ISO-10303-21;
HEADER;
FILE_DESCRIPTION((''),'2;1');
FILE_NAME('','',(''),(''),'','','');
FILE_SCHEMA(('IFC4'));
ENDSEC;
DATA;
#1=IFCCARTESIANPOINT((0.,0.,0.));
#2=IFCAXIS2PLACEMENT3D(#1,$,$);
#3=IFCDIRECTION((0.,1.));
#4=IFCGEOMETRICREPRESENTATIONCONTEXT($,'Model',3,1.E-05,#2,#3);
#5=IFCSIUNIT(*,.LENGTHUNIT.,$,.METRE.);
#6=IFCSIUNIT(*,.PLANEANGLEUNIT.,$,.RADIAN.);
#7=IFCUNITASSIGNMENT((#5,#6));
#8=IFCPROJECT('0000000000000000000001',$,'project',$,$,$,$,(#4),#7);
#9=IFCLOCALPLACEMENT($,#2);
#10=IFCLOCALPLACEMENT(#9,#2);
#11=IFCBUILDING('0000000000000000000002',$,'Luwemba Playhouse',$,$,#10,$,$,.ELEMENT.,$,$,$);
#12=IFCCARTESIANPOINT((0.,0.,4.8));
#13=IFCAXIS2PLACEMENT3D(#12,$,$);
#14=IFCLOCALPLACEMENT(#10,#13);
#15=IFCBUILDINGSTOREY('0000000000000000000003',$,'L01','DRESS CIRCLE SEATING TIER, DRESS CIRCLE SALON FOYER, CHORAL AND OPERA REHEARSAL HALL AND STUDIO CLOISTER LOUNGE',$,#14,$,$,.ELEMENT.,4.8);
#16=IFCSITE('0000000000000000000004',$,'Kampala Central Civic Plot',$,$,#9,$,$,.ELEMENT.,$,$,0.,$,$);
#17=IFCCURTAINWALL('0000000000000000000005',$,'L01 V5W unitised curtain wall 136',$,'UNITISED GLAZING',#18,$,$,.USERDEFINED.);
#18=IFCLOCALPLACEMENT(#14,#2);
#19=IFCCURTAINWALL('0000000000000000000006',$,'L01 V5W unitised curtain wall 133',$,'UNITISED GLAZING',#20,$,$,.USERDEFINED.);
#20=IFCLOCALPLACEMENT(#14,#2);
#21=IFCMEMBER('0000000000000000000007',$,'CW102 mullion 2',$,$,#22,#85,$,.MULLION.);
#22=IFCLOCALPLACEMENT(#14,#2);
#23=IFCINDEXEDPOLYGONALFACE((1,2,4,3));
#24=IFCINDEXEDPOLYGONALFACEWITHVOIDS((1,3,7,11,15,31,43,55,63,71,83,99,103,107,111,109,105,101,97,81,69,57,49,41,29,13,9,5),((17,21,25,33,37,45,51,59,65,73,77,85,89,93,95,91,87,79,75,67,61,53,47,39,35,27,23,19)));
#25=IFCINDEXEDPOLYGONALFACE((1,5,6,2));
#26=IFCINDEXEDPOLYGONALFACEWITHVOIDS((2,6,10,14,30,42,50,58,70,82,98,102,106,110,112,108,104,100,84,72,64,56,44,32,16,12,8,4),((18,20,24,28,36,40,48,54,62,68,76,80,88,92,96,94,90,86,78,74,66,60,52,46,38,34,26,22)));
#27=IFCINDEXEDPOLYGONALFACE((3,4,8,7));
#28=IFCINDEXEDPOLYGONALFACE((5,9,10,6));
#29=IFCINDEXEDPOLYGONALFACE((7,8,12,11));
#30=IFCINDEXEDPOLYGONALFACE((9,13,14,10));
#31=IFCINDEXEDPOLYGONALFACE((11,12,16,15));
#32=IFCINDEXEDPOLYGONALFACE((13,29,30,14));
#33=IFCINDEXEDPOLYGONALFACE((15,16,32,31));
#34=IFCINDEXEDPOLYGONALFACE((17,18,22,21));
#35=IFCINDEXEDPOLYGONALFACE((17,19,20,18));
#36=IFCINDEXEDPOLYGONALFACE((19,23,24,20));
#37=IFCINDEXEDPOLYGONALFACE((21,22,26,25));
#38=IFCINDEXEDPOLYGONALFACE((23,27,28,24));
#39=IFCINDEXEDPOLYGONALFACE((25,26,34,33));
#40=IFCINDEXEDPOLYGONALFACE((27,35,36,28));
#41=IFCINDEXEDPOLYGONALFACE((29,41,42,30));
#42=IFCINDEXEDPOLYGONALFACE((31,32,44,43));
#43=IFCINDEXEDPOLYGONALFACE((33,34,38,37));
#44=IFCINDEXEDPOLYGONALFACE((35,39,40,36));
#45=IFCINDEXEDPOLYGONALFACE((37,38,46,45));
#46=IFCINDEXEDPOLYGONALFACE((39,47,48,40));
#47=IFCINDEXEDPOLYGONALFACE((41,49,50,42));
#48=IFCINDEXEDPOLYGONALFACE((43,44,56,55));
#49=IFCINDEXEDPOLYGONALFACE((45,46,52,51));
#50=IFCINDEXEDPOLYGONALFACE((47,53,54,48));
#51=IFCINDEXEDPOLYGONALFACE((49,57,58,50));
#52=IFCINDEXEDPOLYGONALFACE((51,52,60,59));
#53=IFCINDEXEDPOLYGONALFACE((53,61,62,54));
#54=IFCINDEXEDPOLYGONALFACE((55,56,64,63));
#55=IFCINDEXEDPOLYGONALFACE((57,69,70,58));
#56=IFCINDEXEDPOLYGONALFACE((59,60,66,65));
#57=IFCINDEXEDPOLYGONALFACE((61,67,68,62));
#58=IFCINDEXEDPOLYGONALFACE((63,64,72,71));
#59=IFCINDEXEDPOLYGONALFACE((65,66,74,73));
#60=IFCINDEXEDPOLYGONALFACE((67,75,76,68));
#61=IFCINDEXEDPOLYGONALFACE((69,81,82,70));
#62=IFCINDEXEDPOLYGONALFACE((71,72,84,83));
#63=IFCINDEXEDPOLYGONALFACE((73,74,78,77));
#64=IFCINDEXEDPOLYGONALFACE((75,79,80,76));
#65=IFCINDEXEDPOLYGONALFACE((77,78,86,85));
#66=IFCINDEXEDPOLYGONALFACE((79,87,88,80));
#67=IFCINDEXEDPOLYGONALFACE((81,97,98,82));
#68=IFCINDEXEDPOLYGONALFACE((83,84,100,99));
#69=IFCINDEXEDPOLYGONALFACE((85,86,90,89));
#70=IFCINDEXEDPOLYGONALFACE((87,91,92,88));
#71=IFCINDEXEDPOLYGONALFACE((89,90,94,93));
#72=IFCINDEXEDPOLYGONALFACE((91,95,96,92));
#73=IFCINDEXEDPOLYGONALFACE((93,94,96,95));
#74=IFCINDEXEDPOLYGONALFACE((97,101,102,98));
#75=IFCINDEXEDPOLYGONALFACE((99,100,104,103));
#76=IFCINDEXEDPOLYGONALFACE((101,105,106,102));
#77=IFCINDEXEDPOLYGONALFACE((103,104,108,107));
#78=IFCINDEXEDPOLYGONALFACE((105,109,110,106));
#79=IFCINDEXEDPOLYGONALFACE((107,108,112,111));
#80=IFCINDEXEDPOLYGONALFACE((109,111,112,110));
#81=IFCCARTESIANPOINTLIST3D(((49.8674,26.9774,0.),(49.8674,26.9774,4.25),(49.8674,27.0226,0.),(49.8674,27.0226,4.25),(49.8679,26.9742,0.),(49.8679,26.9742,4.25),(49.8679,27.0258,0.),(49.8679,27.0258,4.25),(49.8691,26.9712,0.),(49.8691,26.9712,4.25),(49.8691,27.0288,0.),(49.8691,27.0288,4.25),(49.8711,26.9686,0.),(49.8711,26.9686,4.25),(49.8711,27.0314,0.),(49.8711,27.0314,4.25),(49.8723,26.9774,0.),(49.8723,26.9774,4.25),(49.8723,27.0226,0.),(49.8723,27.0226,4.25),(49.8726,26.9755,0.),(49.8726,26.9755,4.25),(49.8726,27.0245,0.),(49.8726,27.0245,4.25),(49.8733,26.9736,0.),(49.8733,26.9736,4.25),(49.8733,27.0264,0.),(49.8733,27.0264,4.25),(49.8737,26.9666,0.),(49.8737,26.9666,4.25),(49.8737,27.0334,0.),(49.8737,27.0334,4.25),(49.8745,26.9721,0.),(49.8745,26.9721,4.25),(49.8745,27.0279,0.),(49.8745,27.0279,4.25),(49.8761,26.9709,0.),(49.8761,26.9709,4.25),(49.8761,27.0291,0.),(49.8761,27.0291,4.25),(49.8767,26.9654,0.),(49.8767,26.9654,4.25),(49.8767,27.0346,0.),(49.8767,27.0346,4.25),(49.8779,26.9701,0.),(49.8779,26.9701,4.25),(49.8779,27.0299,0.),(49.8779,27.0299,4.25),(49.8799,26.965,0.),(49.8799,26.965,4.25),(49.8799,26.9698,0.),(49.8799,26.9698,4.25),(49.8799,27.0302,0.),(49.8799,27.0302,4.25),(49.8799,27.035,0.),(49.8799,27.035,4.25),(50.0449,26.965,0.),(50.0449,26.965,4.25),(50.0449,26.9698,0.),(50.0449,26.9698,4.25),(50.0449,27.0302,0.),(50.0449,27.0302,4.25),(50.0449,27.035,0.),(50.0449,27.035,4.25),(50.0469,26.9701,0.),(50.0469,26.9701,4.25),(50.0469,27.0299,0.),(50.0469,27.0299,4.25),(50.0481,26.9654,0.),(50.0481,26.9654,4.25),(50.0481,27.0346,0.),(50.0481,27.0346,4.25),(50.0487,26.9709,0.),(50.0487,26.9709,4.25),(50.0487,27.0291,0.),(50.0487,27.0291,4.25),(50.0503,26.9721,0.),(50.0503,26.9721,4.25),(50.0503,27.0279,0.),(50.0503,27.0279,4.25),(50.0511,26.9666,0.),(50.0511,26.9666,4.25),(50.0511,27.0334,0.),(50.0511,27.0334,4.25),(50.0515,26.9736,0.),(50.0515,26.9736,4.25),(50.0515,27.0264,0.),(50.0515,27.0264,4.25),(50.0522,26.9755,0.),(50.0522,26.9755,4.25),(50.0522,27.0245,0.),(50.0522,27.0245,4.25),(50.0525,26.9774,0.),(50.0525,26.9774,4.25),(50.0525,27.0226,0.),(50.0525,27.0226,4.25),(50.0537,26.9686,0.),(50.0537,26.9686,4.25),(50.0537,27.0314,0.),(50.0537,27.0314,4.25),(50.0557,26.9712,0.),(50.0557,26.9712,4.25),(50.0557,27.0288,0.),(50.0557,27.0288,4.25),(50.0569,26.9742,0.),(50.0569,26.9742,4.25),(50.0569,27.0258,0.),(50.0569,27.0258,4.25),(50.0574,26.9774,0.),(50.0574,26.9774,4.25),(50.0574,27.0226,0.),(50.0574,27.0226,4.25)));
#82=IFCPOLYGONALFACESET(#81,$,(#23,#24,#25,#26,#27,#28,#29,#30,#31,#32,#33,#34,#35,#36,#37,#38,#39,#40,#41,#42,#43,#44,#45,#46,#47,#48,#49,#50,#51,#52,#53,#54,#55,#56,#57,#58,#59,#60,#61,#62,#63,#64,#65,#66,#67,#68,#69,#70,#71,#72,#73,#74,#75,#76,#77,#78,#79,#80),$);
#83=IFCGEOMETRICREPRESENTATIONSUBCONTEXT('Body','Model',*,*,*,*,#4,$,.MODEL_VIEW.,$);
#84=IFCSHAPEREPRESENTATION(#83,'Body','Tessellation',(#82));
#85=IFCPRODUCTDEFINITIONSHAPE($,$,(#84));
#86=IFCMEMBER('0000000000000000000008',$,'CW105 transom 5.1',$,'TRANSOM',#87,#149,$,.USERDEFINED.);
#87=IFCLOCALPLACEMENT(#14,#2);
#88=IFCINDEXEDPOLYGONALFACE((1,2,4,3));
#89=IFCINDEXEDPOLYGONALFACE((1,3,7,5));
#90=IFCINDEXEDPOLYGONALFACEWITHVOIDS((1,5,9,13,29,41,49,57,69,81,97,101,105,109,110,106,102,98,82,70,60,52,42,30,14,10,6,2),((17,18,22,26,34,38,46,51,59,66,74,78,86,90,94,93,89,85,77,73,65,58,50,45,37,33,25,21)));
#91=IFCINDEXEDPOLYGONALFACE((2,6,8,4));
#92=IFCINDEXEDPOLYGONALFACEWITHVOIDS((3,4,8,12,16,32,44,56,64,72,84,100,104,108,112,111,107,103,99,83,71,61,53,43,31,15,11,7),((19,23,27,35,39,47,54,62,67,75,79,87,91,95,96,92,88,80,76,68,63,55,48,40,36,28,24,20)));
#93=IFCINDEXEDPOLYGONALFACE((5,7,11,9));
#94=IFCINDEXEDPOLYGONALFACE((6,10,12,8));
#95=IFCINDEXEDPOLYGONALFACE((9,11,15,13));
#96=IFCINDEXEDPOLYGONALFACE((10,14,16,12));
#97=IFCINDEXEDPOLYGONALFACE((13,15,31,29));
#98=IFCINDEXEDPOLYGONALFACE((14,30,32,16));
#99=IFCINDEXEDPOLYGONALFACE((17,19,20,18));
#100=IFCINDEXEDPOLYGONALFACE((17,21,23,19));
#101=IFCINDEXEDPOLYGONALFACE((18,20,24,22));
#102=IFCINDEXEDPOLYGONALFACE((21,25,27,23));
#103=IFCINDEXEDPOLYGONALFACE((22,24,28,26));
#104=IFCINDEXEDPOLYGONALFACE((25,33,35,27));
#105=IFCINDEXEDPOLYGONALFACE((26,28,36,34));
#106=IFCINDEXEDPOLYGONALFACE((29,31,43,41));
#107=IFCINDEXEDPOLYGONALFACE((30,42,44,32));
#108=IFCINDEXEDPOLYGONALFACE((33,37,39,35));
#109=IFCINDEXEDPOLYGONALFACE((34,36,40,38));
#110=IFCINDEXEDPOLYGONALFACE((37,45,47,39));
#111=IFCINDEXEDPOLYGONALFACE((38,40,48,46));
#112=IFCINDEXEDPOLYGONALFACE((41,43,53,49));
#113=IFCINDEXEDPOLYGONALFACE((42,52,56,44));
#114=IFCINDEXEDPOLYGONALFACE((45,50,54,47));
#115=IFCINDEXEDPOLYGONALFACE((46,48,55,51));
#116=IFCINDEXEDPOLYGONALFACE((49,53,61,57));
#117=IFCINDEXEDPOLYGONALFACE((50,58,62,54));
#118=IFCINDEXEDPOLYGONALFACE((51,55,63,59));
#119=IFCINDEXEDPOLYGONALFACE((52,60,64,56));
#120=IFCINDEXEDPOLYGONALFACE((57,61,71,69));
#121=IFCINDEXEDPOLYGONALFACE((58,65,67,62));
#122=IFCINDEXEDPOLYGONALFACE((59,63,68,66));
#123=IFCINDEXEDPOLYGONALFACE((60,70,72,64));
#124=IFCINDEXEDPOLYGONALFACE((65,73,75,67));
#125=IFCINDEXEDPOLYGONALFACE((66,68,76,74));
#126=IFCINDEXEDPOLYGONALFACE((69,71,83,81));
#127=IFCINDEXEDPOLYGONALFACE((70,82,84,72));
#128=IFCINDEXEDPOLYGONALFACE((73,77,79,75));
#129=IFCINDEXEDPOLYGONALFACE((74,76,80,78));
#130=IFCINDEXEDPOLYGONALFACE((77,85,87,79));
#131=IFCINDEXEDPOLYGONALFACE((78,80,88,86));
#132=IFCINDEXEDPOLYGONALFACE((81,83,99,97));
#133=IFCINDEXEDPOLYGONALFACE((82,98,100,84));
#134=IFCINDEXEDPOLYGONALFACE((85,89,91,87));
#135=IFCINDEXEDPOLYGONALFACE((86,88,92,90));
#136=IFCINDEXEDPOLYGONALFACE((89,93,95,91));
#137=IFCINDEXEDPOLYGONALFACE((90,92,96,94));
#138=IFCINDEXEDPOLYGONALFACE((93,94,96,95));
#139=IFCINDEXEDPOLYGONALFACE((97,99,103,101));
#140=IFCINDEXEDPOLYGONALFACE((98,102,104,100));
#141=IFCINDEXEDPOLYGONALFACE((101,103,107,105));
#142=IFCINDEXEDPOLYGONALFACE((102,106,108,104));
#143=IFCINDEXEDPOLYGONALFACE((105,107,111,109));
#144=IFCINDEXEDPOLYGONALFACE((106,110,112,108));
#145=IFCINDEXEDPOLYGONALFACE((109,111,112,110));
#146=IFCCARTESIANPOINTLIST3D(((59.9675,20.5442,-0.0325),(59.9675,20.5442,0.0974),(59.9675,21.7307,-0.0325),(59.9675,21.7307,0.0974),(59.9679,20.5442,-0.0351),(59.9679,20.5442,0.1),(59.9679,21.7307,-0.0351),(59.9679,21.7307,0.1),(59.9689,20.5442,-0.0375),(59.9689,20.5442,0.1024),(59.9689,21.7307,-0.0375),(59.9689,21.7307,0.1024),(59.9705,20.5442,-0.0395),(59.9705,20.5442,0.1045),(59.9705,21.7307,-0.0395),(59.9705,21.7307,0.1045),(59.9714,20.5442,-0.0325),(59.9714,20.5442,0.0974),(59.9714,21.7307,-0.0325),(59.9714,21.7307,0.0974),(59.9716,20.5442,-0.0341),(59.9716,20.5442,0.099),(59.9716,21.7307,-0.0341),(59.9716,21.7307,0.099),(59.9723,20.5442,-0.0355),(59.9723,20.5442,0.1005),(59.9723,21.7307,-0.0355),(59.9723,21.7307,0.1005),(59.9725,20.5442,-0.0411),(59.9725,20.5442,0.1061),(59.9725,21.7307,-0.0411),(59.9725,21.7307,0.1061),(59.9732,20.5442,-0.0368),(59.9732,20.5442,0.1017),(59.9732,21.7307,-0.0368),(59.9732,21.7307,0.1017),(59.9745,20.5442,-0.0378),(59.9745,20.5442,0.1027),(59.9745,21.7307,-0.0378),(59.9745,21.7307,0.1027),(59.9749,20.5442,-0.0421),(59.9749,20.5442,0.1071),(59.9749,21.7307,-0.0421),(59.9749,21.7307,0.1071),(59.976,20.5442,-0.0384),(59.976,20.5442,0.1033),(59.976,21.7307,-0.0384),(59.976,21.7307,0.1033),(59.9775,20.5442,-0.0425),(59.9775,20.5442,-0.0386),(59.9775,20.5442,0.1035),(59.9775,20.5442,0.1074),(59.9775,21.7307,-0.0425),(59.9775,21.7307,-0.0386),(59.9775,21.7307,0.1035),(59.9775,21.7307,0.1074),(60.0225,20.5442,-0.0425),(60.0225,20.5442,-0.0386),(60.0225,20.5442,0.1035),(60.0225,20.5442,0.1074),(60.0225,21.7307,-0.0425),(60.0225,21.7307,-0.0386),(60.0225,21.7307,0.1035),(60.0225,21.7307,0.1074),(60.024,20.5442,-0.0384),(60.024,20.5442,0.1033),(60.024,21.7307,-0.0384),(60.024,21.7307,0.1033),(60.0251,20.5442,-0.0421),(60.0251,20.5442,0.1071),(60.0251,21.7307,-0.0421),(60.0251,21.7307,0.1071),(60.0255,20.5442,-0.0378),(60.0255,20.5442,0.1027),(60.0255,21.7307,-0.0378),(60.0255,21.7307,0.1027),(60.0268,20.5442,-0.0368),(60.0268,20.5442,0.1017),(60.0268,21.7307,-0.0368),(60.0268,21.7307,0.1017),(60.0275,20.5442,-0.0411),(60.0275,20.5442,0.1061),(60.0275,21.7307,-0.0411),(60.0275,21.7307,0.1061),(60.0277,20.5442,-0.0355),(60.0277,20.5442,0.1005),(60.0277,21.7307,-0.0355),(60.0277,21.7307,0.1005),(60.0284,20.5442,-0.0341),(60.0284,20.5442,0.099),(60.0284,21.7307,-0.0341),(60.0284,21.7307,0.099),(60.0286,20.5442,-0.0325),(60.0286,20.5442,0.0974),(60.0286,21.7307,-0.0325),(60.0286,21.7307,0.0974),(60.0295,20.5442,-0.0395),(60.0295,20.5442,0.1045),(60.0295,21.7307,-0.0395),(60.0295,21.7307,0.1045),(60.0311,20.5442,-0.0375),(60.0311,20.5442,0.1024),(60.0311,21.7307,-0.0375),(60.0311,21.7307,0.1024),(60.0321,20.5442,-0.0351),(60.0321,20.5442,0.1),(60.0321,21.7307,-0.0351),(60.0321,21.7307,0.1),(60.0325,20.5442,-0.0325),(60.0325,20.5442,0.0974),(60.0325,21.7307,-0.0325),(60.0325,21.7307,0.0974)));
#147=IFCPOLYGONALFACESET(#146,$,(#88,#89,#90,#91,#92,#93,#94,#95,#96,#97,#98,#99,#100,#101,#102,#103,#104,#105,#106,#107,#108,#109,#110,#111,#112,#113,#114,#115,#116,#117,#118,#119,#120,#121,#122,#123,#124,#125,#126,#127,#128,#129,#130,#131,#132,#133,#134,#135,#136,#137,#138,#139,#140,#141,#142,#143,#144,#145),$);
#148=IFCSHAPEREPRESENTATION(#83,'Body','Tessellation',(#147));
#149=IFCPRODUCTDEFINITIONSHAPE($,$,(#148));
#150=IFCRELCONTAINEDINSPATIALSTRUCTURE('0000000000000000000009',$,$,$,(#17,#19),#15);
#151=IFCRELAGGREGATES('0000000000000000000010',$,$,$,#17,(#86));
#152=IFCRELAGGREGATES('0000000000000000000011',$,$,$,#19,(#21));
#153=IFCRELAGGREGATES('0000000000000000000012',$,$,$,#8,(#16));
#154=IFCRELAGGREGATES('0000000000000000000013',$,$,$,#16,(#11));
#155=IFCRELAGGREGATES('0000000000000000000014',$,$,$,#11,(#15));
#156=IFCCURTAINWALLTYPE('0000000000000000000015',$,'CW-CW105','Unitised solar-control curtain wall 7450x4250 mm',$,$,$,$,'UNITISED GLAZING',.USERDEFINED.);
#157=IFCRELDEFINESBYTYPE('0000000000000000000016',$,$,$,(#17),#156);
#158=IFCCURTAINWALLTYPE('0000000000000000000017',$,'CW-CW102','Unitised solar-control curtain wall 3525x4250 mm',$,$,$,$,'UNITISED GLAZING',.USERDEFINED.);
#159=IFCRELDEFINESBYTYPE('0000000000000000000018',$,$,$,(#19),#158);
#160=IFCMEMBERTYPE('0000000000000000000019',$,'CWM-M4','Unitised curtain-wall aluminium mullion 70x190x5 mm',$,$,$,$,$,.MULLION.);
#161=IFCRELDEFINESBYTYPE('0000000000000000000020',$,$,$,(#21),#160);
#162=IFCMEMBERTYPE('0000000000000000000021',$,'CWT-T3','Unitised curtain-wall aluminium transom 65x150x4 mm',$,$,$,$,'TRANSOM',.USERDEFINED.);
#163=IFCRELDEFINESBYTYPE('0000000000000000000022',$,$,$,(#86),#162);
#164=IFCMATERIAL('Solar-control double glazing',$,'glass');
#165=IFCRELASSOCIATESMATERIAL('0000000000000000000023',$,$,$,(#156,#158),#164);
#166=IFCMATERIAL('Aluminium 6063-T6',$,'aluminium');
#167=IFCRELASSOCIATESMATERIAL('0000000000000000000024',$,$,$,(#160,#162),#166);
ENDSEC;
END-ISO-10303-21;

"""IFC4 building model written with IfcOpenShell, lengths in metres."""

from ifc_helpers import new_model, si_unit, direction, frame, origin, origin_2d, place, context, subcontext, project, spatial, hollow_rectangle, extrude, material, material_profile, profile_set, type_object, element, aggregate, save


model = new_model("IFC4")

# Units and contexts
model_context = context("Model", 3, precision=1e-05, world=origin(), true_north=direction((0.0, 1.0)))
body_context = subcontext(model_context, "Body", "Model", "MODEL_VIEW")
ifc_project = project(units=[si_unit("LENGTHUNIT", "METRE"), si_unit("PLANEANGLEUNIT", "RADIAN")], contexts=[model_context])

# Site, building, storey
site_placement = place(None, origin())
site = spatial("IfcSite", under=ifc_project, at=site_placement, Name="Kampala Central Civic Plot", CompositionType="ELEMENT", RefElevation=0.0)
building_placement = place(site_placement, origin())
building = spatial("IfcBuilding", under=site, at=building_placement, Name="Luwemba Playhouse", CompositionType="ELEMENT")
storey_placement = place(building_placement, frame((0.0, 0.0, 4.8)))
storey = spatial("IfcBuildingStorey", under=building, at=storey_placement, Name="L01", Description="DRESS CIRCLE SEATING TIER, DRESS CIRCLE SALON FOYER, CHORAL AND OPERA REHEARSAL HALL AND STUDIO CLOISTER LOUNGE", CompositionType="ELEMENT", Elevation=4.8)

# Curtain wall
ifc_material_1 = material(Name="Solar-control double glazing", Category="glass")
ifc_material_2 = material(Name="Aluminium 6063-T6", Category="aluminium")
curtain_wall_type_1 = type_object("IfcCurtainWallType", Name="CW-CW105", Description="Unitised solar-control curtain wall 7450x4250 mm", ElementType="UNITISED GLAZING", PredefinedType="USERDEFINED", material=ifc_material_1)
curtain_wall_1_placement = place(storey_placement, origin())
curtain_wall_1 = element("IfcCurtainWall", 1, at=curtain_wall_1_placement, inside=storey, type_object=curtain_wall_type_1, Name="L01 V5W unitised curtain wall 136", ObjectType="UNITISED GLAZING", PredefinedType="USERDEFINED")

# Curtain wall, member
curtain_wall_type_2 = type_object("IfcCurtainWallType", Name="CW-CW102", Description="Unitised solar-control curtain wall 3525x4250 mm", ElementType="UNITISED GLAZING", PredefinedType="USERDEFINED", material=ifc_material_1)
curtain_wall_2_placement = place(storey_placement, origin())
curtain_wall_2 = element("IfcCurtainWall", 2, at=curtain_wall_2_placement, inside=storey, type_object=curtain_wall_type_2, Name="L01 V5W unitised curtain wall 133", ObjectType="UNITISED GLAZING", PredefinedType="USERDEFINED")
ifc_material_profile_1 = material_profile(ifc_material_2, hollow_rectangle(XDim=0.0701, YDim=0.1899, WallThickness=0.0049, InnerFilletRadius=0.0076, OuterFilletRadius=0.0125, at=origin_2d()))
ifc_profile_set_1 = profile_set([ifc_material_profile_1], Name="Aluminium 6063-T6")
member_type_1 = type_object("IfcMemberType", Name="CWM-M4", Description="Unitised curtain-wall aluminium mullion 70x190x5 mm", PredefinedType="MULLION", material=ifc_profile_set_1)
member_1_placement = place(storey_placement, frame((49.9624, 27.0, 0.0), z_axis=(0.0, 0.0, 1.0), x_axis=(0.0, 1.0, 0.0)))
member_1 = element("IfcMember", 3, at=member_1_placement, type_object=member_type_1, Name="CW102 mullion 2", PredefinedType="MULLION", context=body_context, shape_type="SweptSolid", body=[
    extrude(hollow_rectangle(XDim=0.0701, YDim=0.1899, WallThickness=0.0049, InnerFilletRadius=0.0076, OuterFilletRadius=0.0125, at=origin_2d()), origin(), (0.0, 0.0, 1.0), 4.25),
])

# Member
ifc_material_profile_2 = material_profile(ifc_material_2, hollow_rectangle(XDim=0.0649, YDim=0.1499, WallThickness=0.0039, InnerFilletRadius=0.0061, OuterFilletRadius=0.01, at=origin_2d()))
ifc_profile_set_2 = profile_set([ifc_material_profile_2], Name="Aluminium 6063-T6")
member_type_2 = type_object("IfcMemberType", Name="CWT-T3", Description="Unitised curtain-wall aluminium transom 65x150x4 mm", ElementType="TRANSOM", PredefinedType="USERDEFINED", material=ifc_profile_set_2)
member_2_placement = place(storey_placement, frame((60.0, 21.7307, 0.0325), z_axis=(0.0, -1.0, 0.0), x_axis=(1.0, 0.0, 0.0)))
member_2 = element("IfcMember", 4, at=member_2_placement, type_object=member_type_2, Name="CW105 transom 5.1", ObjectType="TRANSOM", PredefinedType="USERDEFINED", context=body_context, shape_type="SweptSolid", body=[
    extrude(hollow_rectangle(XDim=0.0649, YDim=0.1499, WallThickness=0.0039, InnerFilletRadius=0.0061, OuterFilletRadius=0.01, at=origin_2d()), origin(), (0.0, 0.0, 1.0), 1.1865),
])

aggregate(curtain_wall_1, [member_2])
aggregate(curtain_wall_2, [member_1])

save(model, "model.ifc")
